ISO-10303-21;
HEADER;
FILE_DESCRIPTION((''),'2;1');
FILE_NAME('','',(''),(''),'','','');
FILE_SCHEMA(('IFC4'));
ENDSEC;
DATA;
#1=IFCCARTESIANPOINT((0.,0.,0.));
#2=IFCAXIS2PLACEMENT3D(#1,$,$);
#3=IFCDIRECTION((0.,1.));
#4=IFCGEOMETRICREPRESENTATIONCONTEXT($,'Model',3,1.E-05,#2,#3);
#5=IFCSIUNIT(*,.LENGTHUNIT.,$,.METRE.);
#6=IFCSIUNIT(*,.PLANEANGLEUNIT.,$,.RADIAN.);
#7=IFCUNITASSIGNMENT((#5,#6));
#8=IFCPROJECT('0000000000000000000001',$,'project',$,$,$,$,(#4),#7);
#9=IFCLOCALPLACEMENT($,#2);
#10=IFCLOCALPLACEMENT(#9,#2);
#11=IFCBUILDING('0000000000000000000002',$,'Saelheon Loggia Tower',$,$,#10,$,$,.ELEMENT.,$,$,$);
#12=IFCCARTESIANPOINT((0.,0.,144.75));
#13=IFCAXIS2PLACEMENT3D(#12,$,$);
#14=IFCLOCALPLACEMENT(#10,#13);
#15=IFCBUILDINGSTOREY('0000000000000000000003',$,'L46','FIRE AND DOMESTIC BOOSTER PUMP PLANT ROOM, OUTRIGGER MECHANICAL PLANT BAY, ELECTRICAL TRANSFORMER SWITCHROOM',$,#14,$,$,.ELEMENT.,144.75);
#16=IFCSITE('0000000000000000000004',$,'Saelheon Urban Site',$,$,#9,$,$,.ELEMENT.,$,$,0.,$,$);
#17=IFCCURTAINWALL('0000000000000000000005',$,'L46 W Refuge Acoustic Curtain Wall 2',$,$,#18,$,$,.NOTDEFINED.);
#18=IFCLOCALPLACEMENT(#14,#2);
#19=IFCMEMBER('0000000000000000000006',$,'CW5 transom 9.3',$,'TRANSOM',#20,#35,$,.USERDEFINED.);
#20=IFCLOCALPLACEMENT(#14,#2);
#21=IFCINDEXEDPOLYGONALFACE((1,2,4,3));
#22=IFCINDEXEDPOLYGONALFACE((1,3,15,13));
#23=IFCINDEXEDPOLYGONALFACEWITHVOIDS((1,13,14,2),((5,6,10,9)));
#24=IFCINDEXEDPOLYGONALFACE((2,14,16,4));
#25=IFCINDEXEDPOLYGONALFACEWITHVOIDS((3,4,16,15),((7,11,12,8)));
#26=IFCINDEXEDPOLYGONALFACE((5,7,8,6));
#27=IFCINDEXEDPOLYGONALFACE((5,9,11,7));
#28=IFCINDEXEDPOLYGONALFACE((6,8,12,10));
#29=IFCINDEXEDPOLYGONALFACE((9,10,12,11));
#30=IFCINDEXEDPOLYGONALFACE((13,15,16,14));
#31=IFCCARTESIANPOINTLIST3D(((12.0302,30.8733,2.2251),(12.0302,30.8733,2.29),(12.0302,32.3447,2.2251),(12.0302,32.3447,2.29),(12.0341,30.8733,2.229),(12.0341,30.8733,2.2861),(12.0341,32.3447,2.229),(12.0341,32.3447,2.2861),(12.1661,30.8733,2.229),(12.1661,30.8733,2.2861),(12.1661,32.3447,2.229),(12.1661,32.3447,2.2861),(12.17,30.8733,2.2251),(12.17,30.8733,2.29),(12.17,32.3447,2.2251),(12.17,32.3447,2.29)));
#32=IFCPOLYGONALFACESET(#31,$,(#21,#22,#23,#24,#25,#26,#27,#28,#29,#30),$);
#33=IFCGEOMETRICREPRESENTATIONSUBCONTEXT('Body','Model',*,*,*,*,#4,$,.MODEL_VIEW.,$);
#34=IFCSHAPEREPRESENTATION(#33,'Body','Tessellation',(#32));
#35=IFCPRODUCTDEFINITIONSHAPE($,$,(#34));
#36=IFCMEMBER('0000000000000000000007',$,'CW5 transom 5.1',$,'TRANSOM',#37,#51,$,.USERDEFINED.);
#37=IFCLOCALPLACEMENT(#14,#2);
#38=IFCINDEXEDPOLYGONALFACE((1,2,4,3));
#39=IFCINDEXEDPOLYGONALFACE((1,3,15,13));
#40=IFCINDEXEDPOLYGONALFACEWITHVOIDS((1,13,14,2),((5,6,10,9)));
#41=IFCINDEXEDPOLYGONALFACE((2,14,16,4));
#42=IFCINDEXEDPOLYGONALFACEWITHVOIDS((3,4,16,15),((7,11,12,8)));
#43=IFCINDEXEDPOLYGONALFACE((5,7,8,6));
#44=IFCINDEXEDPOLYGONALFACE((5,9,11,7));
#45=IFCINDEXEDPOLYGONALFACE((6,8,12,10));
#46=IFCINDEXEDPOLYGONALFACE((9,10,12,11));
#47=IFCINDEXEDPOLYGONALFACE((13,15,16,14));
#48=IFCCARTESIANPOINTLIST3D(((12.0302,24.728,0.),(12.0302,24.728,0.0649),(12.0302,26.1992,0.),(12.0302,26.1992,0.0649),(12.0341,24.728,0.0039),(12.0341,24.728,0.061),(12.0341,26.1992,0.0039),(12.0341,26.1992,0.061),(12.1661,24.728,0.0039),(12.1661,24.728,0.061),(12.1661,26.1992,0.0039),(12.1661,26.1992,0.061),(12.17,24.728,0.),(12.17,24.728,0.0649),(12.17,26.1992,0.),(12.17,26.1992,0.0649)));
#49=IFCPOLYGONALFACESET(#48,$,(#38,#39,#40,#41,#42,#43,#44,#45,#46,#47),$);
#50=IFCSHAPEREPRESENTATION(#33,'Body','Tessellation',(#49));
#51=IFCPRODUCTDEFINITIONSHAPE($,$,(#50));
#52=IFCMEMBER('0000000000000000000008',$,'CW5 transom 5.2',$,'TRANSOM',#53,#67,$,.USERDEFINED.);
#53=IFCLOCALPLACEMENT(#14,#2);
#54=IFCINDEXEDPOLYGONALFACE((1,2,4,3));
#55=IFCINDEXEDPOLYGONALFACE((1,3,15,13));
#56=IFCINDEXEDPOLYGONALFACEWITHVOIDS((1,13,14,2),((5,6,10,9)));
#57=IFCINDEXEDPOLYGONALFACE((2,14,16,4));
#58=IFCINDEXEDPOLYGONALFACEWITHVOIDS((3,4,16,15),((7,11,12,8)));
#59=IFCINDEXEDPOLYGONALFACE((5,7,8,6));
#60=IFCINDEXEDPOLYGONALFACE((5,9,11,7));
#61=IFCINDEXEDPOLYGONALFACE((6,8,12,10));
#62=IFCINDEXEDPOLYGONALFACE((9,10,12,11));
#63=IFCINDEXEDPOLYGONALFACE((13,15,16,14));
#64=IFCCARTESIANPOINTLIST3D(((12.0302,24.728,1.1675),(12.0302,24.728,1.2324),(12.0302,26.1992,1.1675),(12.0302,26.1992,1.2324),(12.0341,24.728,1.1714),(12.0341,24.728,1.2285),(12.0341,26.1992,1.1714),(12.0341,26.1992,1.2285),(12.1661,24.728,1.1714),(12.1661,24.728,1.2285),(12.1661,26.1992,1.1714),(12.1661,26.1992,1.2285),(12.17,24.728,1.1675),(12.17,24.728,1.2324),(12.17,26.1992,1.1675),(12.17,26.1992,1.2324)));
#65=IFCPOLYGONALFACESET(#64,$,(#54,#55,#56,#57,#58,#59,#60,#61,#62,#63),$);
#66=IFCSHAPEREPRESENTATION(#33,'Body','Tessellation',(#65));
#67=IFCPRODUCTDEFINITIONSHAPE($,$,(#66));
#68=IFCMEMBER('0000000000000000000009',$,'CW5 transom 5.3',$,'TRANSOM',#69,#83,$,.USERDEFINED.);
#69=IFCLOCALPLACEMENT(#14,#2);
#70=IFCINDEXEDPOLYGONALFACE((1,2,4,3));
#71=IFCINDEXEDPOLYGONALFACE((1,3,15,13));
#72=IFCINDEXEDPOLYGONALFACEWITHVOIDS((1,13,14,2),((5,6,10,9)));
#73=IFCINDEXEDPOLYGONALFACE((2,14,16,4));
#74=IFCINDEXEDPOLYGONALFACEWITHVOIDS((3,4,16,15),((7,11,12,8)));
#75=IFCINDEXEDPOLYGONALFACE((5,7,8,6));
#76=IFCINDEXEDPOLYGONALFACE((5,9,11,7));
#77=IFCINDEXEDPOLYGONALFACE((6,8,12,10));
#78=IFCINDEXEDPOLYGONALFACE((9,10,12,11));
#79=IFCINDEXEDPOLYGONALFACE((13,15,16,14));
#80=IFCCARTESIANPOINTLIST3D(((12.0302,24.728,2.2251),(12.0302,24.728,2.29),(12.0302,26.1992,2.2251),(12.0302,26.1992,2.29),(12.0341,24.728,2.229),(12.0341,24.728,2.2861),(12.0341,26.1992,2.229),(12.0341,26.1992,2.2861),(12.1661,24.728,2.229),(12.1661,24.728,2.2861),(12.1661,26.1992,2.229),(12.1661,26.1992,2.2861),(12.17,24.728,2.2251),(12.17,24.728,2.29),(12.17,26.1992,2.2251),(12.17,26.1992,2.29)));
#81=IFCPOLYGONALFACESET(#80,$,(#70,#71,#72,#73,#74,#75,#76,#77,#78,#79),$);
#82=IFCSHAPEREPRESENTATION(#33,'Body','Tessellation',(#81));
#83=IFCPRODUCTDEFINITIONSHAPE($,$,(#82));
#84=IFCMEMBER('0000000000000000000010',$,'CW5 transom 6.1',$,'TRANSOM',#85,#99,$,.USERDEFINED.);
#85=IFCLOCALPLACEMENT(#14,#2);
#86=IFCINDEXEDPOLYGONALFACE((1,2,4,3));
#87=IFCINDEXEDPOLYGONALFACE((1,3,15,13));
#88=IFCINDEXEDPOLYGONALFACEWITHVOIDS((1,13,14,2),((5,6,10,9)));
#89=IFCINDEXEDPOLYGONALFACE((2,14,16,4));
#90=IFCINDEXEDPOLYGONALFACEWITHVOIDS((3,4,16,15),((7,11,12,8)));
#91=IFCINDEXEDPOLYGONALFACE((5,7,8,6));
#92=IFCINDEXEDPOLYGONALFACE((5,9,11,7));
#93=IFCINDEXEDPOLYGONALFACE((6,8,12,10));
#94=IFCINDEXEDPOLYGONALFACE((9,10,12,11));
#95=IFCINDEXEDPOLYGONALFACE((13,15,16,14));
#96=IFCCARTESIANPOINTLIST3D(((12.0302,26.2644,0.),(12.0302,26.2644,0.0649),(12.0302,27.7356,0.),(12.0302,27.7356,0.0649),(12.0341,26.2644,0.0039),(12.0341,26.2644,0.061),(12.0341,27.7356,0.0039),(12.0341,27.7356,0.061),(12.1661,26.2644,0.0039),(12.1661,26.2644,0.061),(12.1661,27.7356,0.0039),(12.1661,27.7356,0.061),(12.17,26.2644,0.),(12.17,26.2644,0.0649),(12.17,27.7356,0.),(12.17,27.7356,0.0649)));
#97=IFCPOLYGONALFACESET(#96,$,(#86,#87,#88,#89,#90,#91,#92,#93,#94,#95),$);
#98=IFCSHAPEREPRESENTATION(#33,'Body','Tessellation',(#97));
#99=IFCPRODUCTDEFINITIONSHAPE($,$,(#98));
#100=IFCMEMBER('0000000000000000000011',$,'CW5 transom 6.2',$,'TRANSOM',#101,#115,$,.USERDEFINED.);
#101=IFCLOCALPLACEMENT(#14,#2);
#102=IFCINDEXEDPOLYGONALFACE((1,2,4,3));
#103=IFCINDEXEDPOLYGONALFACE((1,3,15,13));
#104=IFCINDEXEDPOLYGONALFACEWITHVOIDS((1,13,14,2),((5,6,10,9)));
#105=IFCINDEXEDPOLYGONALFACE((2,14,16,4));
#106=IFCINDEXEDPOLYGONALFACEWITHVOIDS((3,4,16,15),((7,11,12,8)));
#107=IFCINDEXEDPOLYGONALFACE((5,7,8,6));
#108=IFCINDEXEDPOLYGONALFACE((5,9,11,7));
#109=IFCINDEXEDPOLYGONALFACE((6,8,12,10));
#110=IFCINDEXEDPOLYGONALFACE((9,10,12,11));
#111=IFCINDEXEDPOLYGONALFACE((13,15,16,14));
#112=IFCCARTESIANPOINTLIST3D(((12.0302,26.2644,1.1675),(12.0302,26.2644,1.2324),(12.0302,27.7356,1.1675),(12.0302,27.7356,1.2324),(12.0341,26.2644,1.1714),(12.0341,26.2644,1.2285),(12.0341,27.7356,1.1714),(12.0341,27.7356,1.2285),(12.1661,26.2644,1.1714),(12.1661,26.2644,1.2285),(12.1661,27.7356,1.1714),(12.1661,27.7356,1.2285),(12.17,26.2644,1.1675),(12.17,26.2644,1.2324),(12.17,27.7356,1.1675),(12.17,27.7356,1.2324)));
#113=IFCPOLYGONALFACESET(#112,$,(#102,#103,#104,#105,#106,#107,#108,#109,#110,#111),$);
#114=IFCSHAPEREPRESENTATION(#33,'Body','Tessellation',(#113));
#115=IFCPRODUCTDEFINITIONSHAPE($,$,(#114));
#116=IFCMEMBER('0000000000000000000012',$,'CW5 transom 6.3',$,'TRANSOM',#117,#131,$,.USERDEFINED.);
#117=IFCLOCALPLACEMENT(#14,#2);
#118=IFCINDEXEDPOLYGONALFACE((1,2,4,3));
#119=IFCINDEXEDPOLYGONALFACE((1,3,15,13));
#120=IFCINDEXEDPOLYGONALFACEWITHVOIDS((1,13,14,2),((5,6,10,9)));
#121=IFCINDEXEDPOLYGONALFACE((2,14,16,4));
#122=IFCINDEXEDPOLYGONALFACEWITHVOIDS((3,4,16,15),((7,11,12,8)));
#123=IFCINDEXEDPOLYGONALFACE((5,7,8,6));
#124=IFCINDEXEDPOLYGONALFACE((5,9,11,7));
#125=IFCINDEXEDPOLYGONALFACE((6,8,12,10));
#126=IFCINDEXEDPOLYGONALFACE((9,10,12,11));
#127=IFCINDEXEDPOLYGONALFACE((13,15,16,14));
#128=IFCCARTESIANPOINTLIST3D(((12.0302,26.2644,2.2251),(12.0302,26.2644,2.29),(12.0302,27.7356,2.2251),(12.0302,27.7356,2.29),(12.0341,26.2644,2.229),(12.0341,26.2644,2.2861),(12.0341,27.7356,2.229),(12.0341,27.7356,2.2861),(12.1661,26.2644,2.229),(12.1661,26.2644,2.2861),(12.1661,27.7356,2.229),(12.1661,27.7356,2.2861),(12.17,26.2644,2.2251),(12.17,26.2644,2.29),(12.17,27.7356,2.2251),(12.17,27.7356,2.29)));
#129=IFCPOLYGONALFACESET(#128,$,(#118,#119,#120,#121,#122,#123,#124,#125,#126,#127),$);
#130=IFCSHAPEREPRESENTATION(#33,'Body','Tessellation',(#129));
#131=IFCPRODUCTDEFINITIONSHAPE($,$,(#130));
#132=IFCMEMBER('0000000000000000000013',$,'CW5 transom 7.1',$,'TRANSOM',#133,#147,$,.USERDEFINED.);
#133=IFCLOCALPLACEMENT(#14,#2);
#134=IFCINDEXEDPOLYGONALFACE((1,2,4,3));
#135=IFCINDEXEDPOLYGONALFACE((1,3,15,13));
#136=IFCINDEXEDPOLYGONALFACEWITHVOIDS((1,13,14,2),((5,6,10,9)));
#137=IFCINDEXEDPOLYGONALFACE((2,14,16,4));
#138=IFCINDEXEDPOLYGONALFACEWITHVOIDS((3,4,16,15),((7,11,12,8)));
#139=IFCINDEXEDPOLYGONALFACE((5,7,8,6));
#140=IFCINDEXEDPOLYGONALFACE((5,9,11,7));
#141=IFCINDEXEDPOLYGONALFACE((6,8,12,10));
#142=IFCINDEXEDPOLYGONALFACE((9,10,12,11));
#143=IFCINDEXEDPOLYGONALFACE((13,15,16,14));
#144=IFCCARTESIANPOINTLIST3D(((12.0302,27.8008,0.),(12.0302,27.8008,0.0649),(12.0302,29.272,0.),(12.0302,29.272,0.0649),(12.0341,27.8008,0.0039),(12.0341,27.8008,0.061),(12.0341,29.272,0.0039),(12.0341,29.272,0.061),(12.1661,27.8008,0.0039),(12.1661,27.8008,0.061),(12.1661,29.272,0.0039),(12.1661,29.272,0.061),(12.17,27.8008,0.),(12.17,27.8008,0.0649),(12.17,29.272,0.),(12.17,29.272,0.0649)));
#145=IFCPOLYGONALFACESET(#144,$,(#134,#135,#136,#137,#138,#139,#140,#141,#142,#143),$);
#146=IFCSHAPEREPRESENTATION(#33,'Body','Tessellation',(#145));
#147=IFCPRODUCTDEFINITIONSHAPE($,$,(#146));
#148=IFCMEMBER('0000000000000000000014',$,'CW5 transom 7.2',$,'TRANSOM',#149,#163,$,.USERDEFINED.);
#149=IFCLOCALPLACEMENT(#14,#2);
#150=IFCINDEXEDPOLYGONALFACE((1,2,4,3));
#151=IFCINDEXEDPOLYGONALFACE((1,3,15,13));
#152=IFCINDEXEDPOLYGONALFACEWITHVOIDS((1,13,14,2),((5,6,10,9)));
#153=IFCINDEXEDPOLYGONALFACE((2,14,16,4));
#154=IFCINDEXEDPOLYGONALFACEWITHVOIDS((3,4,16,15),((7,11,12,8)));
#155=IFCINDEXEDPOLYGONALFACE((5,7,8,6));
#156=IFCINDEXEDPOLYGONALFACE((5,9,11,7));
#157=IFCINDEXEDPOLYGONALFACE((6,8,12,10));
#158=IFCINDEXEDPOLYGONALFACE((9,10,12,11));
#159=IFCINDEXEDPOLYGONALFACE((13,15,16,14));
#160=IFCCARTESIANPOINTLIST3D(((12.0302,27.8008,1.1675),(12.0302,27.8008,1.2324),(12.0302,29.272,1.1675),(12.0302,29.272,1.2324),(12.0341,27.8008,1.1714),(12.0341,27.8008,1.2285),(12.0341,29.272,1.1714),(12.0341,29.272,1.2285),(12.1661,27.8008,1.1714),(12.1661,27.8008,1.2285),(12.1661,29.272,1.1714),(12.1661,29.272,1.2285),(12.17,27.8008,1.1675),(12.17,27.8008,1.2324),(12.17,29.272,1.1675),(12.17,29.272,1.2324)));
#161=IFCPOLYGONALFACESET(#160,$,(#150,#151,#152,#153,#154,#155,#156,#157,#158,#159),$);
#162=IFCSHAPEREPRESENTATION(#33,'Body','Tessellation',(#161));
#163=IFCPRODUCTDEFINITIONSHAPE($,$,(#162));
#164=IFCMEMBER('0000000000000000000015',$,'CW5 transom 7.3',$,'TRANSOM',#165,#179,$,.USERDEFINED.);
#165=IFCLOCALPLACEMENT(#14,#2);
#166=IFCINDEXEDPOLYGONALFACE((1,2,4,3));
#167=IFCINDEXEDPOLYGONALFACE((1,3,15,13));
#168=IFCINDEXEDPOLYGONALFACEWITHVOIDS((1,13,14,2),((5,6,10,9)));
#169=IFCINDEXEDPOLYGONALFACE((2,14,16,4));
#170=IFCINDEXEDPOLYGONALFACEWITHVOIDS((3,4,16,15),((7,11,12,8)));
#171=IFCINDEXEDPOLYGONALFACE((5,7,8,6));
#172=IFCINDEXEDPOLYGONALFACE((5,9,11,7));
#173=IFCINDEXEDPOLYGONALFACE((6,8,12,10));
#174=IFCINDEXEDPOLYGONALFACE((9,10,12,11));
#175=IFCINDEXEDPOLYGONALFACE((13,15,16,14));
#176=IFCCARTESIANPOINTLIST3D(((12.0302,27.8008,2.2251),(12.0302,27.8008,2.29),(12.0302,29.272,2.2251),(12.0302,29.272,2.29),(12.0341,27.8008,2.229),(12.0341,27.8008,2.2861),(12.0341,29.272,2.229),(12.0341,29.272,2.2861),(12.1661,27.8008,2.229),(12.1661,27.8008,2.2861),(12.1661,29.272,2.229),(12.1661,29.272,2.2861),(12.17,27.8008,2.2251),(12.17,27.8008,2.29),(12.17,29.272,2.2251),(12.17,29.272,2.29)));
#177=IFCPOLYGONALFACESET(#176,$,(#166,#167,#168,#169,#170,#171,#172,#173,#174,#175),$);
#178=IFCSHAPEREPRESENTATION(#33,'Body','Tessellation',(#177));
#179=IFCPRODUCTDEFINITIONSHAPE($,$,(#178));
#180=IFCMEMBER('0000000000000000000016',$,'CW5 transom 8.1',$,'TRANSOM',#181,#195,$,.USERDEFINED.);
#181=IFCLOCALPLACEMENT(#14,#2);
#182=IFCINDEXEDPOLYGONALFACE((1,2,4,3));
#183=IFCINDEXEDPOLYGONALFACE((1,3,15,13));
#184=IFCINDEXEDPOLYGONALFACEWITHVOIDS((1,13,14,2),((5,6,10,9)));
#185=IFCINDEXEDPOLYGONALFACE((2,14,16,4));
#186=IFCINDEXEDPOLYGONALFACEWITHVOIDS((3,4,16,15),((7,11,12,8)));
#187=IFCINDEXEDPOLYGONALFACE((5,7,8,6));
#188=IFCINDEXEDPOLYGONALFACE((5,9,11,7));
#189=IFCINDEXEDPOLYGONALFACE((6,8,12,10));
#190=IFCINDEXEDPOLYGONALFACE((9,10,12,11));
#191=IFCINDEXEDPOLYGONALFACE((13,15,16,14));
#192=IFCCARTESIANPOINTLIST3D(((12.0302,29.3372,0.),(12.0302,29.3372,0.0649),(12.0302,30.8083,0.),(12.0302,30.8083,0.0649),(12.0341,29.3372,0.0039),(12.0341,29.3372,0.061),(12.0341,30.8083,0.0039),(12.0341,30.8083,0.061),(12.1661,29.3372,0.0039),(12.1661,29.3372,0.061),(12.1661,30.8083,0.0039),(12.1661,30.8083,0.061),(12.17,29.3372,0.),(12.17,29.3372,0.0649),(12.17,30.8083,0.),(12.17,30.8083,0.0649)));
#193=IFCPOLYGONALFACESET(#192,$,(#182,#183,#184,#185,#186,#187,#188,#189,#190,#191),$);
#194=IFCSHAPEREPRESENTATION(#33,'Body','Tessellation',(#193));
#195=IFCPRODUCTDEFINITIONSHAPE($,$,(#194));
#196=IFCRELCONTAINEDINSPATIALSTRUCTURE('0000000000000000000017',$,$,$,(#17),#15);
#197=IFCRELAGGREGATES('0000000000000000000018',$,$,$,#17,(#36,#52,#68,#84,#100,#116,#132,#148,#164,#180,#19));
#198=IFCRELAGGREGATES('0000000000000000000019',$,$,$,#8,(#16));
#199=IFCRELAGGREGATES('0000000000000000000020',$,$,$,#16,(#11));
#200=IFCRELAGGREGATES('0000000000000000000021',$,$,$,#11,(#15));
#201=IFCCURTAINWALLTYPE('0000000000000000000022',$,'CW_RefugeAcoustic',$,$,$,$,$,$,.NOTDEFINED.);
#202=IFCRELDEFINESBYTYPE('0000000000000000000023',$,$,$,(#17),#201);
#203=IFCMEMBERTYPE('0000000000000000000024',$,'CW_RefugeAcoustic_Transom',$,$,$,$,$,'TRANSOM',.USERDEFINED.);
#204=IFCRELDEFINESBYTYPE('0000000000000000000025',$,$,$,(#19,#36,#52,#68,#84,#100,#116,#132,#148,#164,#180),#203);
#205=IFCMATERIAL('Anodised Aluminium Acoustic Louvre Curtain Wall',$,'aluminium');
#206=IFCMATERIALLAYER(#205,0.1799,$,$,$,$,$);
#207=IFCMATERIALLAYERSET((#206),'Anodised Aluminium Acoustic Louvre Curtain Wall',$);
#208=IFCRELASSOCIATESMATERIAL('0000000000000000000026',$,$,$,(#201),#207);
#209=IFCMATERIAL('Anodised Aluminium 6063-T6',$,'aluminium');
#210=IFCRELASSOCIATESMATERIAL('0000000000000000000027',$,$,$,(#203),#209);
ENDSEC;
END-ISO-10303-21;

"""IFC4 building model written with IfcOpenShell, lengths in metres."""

from ifc_helpers import new_model, si_unit, direction, frame, origin, origin_2d, place, context, subcontext, project, spatial, hollow_rectangle, extrude, source, transform, mapped, material, layer, layer_set, material_profile, profile_set, type_object, element, aggregate, save


model = new_model("IFC4")

# Units and contexts
model_context = context("Model", 3, precision=1e-05, world=origin(), true_north=direction((0.0, 1.0)))
body_context = subcontext(model_context, "Body", "Model", "MODEL_VIEW")
ifc_project = project(units=[si_unit("LENGTHUNIT", "METRE"), si_unit("PLANEANGLEUNIT", "RADIAN")], contexts=[model_context])

# Site, building, storey
site_placement = place(None, origin())
site = spatial("IfcSite", under=ifc_project, at=site_placement, Name="Saelheon Urban Site", CompositionType="ELEMENT", RefElevation=0.0)
building_placement = place(site_placement, origin())
building = spatial("IfcBuilding", under=site, at=building_placement, Name="Saelheon Loggia Tower", CompositionType="ELEMENT")
storey_placement = place(building_placement, frame((0.0, 0.0, 144.75)))
storey = spatial("IfcBuildingStorey", under=building, at=storey_placement, Name="L46", Description="FIRE AND DOMESTIC BOOSTER PUMP PLANT ROOM, OUTRIGGER MECHANICAL PLANT BAY, ELECTRICAL TRANSFORMER SWITCHROOM", CompositionType="ELEMENT", Elevation=144.75)

# Curtain wall, members
ifc_material_1 = material(Name="Anodised Aluminium Acoustic Louvre Curtain Wall", Category="aluminium")
ifc_layer_1 = layer(ifc_material_1, 0.1799)
ifc_layer_set_1 = layer_set([ifc_layer_1], Name="Anodised Aluminium Acoustic Louvre Curtain Wall")
curtain_wall_type = type_object("IfcCurtainWallType", Name="CW_RefugeAcoustic", PredefinedType="NOTDEFINED", material=ifc_layer_set_1)
curtain_wall_placement = place(storey_placement, origin())
curtain_wall = element("IfcCurtainWall", 1, at=curtain_wall_placement, inside=storey, type_object=curtain_wall_type, Name="L46 W Refuge Acoustic Curtain Wall 2", PredefinedType="NOTDEFINED")
ifc_material_2 = material(Name="Anodised Aluminium 6063-T6", Category="aluminium")
ifc_material_profile_1 = material_profile(ifc_material_2, hollow_rectangle(XDim=0.0649, YDim=0.1399, WallThickness=0.0039, at=origin_2d()), Name="RHS-140x65x4")
ifc_profile_set_1 = profile_set([ifc_material_profile_1], Name="Anodised Aluminium 6063-T6")
member_type_1 = type_object("IfcMemberType", Name="CW_RefugeAcoustic_Transom", ElementType="TRANSOM", PredefinedType="USERDEFINED", material=ifc_profile_set_1)
shared_shape_1 = source(origin(), body_context, "Body", "SweptSolid", [
    extrude(hollow_rectangle(XDim=0.0649, YDim=0.1399, WallThickness=0.0039, at=origin_2d()), origin(), (0.0, 0.0, 1.0), 1.4714),
])
member_1_placement = place(storey_placement, frame((12.1001, 30.8733, 2.2576), z_axis=(0.0, 1.0, 0.0), x_axis=(0.0, 0.0, 1.0)))
member_1 = element("IfcMember", 2, at=member_1_placement, type_object=member_type_1, Name="CW5 transom 9.3", ObjectType="TRANSOM", PredefinedType="USERDEFINED", context=body_context, shape_type="MappedRepresentation", body=[
    mapped(shared_shape_1, transform((0.0, 0.0, 0.0), scale=1.0)),
])
shared_shape_2 = source(origin(), body_context, "Body", "SweptSolid", [
    extrude(hollow_rectangle(XDim=0.0649, YDim=0.1399, WallThickness=0.0039, at=origin_2d()), origin(), (0.0, 0.0, 1.0), 1.4712),
])
member_2_placement = place(storey_placement, frame((12.1001, 24.728, 0.0325), z_axis=(0.0, 1.0, 0.0), x_axis=(0.0, 0.0, 1.0)))
member_2 = element("IfcMember", 3, at=member_2_placement, type_object=member_type_1, Name="CW5 transom 5.1", ObjectType="TRANSOM", PredefinedType="USERDEFINED", context=body_context, shape_type="MappedRepresentation", body=[
    mapped(shared_shape_2, transform((0.0, 0.0, 0.0), scale=1.0)),
])
member_3_placement = place(storey_placement, frame((12.1001, 24.728, 1.2), z_axis=(0.0, 1.0, 0.0), x_axis=(0.0, 0.0, 1.0)))
member_3 = element("IfcMember", 4, at=member_3_placement, type_object=member_type_1, Name="CW5 transom 5.2", ObjectType="TRANSOM", PredefinedType="USERDEFINED", context=body_context, shape_type="MappedRepresentation", body=[
    mapped(shared_shape_2, transform((0.0, 0.0, 0.0), scale=1.0)),
])
member_4_placement = place(storey_placement, frame((12.1001, 24.728, 2.2576), z_axis=(0.0, 1.0, 0.0), x_axis=(0.0, 0.0, 1.0)))
member_4 = element("IfcMember", 5, at=member_4_placement, type_object=member_type_1, Name="CW5 transom 5.3", ObjectType="TRANSOM", PredefinedType="USERDEFINED", context=body_context, shape_type="MappedRepresentation", body=[
    mapped(shared_shape_2, transform((0.0, 0.0, 0.0), scale=1.0)),
])
member_5_placement = place(storey_placement, frame((12.1001, 26.2644, 0.0325), z_axis=(0.0, 1.0, 0.0), x_axis=(0.0, 0.0, 1.0)))
member_5 = element("IfcMember", 6, at=member_5_placement, type_object=member_type_1, Name="CW5 transom 6.1", ObjectType="TRANSOM", PredefinedType="USERDEFINED", context=body_context, shape_type="MappedRepresentation", body=[
    mapped(shared_shape_2, transform((0.0, 0.0, 0.0), scale=1.0)),
])
member_6_placement = place(storey_placement, frame((12.1001, 26.2644, 1.2), z_axis=(0.0, 1.0, 0.0), x_axis=(0.0, 0.0, 1.0)))
member_6 = element("IfcMember", 7, at=member_6_placement, type_object=member_type_1, Name="CW5 transom 6.2", ObjectType="TRANSOM", PredefinedType="USERDEFINED", context=body_context, shape_type="MappedRepresentation", body=[
    mapped(shared_shape_2, transform((0.0, 0.0, 0.0), scale=1.0)),
])
member_7_placement = place(storey_placement, frame((12.1001, 26.2644, 2.2576), z_axis=(0.0, 1.0, 0.0), x_axis=(0.0, 0.0, 1.0)))
member_7 = element("IfcMember", 8, at=member_7_placement, type_object=member_type_1, Name="CW5 transom 6.3", ObjectType="TRANSOM", PredefinedType="USERDEFINED", context=body_context, shape_type="MappedRepresentation", body=[
    mapped(shared_shape_2, transform((0.0, 0.0, 0.0), scale=1.0)),
])
member_8_placement = place(storey_placement, frame((12.1001, 27.8008, 0.0325), z_axis=(0.0, 1.0, 0.0), x_axis=(0.0, 0.0, 1.0)))
member_8 = element("IfcMember", 9, at=member_8_placement, type_object=member_type_1, Name="CW5 transom 7.1", ObjectType="TRANSOM", PredefinedType="USERDEFINED", context=body_context, shape_type="MappedRepresentation", body=[
    mapped(shared_shape_2, transform((0.0, 0.0, 0.0), scale=1.0)),
])
member_9_placement = place(storey_placement, frame((12.1001, 27.8008, 1.2), z_axis=(0.0, 1.0, 0.0), x_axis=(0.0, 0.0, 1.0)))
member_9 = element("IfcMember", 10, at=member_9_placement, type_object=member_type_1, Name="CW5 transom 7.2", ObjectType="TRANSOM", PredefinedType="USERDEFINED", context=body_context, shape_type="MappedRepresentation", body=[
    mapped(shared_shape_2, transform((0.0, 0.0, 0.0), scale=1.0)),
])
member_10_placement = place(storey_placement, frame((12.1001, 27.8008, 2.2576), z_axis=(0.0, 1.0, 0.0), x_axis=(0.0, 0.0, 1.0)))
member_10 = element("IfcMember", 11, at=member_10_placement, type_object=member_type_1, Name="CW5 transom 7.3", ObjectType="TRANSOM", PredefinedType="USERDEFINED", context=body_context, shape_type="MappedRepresentation", body=[
    mapped(shared_shape_2, transform((0.0, 0.0, 0.0), scale=1.0)),
])
member_11_placement = place(storey_placement, frame((12.1001, 29.3372, 0.0325), z_axis=(0.0, 1.0, 0.0), x_axis=(0.0, 0.0, 1.0)))
member_11 = element("IfcMember", 12, at=member_11_placement, type_object=member_type_1, Name="CW5 transom 8.1", ObjectType="TRANSOM", PredefinedType="USERDEFINED", context=body_context, shape_type="MappedRepresentation", body=[
    mapped(shared_shape_2, transform((0.0, 0.0, 0.0), scale=1.0)),
])
aggregate(curtain_wall, [member_2, member_3, member_4, member_5, member_6, member_7, member_8, member_9, member_10, member_11, member_1])

save(model, "model.ifc")
